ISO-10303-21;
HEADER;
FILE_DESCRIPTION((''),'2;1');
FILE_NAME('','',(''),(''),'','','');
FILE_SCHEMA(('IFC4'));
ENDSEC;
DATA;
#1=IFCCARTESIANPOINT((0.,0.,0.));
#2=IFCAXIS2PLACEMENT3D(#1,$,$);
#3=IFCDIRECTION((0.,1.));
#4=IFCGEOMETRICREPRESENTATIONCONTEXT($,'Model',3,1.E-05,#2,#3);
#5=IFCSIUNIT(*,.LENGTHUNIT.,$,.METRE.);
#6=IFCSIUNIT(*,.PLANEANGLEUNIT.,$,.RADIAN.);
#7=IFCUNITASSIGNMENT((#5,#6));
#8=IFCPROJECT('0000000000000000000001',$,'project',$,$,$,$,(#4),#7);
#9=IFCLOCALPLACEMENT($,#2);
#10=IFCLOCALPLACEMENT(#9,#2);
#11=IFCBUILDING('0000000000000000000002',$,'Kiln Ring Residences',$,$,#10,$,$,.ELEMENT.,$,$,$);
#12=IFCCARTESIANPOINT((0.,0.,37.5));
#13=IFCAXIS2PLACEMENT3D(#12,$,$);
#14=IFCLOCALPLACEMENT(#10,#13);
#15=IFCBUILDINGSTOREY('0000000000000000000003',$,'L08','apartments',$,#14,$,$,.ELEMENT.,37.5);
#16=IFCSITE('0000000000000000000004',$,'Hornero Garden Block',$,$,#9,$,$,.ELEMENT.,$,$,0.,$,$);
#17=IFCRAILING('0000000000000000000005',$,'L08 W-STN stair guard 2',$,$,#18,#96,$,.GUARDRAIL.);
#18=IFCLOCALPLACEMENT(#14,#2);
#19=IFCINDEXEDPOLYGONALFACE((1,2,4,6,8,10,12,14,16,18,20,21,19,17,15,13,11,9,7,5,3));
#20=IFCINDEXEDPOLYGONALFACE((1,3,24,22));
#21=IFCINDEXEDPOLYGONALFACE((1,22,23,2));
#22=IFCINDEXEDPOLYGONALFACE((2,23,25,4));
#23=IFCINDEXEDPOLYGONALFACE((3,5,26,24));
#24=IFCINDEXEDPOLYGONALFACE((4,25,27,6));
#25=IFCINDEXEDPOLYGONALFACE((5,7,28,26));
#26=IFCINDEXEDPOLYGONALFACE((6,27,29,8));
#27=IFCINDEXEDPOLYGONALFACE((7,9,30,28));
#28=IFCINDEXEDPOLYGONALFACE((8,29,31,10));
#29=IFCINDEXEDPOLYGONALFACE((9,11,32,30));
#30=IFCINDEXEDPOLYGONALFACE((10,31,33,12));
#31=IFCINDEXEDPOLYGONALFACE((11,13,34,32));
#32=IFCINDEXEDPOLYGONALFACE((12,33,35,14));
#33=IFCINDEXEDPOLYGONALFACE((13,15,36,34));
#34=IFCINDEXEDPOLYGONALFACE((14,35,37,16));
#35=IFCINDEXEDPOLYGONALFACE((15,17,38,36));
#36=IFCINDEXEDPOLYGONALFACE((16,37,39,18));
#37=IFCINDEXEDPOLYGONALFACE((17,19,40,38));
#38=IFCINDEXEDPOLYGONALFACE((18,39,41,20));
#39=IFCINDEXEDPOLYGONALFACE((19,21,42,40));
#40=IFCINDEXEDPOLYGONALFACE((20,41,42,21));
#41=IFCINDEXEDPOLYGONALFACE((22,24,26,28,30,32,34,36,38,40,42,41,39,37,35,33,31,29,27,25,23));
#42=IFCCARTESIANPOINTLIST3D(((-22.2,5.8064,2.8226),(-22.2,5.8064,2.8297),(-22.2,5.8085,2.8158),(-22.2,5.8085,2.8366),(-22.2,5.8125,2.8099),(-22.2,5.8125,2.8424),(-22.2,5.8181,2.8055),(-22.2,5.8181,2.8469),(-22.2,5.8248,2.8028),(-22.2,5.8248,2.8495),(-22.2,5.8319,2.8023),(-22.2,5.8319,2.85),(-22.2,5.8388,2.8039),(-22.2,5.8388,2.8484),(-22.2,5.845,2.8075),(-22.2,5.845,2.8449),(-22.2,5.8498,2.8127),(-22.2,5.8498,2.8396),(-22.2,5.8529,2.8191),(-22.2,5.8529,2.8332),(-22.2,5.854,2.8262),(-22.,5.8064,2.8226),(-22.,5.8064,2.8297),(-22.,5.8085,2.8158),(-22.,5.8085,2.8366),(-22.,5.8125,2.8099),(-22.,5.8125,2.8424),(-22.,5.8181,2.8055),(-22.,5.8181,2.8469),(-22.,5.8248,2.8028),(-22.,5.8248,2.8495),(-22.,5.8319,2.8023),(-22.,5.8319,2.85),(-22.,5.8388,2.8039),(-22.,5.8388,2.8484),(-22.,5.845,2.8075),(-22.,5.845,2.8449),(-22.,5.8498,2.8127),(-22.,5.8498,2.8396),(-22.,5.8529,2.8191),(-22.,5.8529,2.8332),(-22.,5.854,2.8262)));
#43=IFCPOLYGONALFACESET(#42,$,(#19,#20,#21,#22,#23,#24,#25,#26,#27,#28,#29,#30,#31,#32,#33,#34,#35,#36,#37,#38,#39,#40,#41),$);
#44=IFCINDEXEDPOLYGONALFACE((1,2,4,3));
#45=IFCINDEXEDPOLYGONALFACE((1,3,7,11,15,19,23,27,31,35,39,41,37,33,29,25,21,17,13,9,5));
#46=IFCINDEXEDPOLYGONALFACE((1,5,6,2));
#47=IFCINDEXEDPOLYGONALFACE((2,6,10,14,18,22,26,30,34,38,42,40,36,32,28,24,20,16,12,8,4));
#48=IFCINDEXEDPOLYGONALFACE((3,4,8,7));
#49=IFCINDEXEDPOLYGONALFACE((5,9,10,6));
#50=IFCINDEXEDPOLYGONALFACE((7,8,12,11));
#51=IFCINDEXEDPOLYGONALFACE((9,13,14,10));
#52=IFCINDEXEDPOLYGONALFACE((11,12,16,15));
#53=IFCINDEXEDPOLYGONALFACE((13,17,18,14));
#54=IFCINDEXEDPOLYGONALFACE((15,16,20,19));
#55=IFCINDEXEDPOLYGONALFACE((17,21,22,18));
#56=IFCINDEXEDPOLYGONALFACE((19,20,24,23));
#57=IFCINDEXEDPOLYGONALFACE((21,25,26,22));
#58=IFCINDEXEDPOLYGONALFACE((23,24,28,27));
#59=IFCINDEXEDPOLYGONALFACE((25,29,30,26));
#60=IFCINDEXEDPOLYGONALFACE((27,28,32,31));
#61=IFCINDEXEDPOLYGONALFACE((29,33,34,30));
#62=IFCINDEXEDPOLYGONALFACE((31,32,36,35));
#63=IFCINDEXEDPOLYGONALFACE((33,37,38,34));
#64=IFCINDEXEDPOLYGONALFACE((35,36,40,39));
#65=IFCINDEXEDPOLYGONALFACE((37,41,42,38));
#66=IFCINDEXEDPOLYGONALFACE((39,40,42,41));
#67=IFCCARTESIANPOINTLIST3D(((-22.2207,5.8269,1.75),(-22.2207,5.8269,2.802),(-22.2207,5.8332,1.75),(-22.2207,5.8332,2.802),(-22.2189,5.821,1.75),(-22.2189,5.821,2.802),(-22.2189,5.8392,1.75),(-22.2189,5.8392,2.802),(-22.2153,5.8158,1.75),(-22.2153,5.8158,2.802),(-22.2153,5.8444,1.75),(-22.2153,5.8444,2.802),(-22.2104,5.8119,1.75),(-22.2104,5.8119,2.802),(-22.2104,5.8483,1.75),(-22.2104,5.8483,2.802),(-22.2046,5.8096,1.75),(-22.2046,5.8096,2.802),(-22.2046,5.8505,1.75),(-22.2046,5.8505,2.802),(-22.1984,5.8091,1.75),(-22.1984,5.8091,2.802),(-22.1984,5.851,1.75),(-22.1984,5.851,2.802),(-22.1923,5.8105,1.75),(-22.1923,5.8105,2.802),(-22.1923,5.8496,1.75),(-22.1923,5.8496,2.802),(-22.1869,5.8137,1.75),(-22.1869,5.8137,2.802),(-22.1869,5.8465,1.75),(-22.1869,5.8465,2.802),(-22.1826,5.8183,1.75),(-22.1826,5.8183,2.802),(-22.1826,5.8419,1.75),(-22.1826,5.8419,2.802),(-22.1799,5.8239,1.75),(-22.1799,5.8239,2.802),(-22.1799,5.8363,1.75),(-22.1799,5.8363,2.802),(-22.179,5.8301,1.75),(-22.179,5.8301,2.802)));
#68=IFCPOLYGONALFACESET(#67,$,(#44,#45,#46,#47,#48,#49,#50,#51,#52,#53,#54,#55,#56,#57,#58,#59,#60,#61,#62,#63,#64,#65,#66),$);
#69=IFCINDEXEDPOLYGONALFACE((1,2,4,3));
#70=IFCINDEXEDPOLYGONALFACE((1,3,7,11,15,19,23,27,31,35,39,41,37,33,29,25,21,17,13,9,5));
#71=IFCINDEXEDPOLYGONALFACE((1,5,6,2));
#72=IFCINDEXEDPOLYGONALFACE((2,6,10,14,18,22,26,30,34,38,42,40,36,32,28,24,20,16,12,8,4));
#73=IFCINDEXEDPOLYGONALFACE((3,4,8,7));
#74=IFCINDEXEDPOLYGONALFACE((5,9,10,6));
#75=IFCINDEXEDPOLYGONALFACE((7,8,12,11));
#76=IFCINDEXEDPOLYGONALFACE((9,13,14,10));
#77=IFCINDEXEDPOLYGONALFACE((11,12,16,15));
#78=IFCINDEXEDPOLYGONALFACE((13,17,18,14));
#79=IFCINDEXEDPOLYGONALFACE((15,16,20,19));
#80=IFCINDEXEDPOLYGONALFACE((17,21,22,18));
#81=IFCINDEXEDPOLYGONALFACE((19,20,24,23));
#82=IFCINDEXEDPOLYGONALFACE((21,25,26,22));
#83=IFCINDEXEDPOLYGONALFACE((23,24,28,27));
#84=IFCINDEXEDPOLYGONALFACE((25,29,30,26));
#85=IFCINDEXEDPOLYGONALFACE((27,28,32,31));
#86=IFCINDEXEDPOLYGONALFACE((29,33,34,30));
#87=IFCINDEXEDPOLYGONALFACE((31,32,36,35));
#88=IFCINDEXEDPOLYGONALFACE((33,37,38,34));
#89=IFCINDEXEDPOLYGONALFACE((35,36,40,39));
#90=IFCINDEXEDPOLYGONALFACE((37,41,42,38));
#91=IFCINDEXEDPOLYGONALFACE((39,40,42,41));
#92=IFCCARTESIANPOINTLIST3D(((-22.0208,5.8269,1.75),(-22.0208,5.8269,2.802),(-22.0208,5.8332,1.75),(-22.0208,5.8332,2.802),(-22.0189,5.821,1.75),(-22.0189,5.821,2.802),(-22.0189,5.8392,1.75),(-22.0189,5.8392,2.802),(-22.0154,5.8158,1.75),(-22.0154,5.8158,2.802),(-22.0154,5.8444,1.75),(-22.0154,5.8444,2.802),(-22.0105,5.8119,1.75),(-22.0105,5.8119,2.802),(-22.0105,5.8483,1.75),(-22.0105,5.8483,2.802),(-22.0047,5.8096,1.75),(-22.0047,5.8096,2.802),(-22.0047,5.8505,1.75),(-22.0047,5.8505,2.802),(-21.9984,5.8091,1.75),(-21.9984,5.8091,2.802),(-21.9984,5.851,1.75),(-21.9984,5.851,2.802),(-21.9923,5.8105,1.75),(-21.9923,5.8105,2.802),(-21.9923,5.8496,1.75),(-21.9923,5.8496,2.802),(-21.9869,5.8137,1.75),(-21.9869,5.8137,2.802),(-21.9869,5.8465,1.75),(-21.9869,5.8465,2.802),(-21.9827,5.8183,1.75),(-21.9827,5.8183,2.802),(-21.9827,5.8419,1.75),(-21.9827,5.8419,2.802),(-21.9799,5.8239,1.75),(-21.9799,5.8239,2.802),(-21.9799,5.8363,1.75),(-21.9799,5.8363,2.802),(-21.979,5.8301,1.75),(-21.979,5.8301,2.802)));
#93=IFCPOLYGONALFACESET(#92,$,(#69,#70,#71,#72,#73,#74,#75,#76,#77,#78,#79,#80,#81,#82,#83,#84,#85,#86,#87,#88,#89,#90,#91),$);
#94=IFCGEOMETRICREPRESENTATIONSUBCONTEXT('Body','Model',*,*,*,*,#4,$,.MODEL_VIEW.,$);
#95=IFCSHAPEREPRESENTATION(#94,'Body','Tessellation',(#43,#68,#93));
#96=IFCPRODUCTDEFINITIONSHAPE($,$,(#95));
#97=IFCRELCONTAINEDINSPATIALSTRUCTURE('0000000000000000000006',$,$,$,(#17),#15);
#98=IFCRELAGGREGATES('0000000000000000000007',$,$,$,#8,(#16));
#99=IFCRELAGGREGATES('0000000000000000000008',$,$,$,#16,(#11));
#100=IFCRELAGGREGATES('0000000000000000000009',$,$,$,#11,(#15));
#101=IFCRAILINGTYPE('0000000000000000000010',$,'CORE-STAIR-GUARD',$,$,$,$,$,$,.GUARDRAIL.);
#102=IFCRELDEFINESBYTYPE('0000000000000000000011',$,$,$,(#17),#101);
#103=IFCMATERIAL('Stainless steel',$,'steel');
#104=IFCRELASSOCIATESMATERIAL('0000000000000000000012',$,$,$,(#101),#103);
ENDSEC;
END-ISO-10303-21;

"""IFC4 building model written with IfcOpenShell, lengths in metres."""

from ifc_helpers import new_model, si_unit, direction, frame, origin, origin_2d, place, context, subcontext, project, spatial, circle, extrude, material, type_object, element, save


model = new_model("IFC4")

# Units and contexts
model_context = context("Model", 3, precision=1e-05, world=origin(), true_north=direction((0.0, 1.0)))
body_context = subcontext(model_context, "Body", "Model", "MODEL_VIEW")
ifc_project = project(units=[si_unit("LENGTHUNIT", "METRE"), si_unit("PLANEANGLEUNIT", "RADIAN")], contexts=[model_context])

# Site, building, storey
site_placement = place(None, origin())
site = spatial("IfcSite", under=ifc_project, at=site_placement, Name="Hornero Garden Block", CompositionType="ELEMENT", RefElevation=0.0)
building_placement = place(site_placement, origin())
building = spatial("IfcBuilding", under=site, at=building_placement, Name="Kiln Ring Residences", CompositionType="ELEMENT")
storey_placement = place(building_placement, frame((0.0, 0.0, 37.5)))
storey = spatial("IfcBuildingStorey", under=building, at=storey_placement, Name="L08", Description="apartments", CompositionType="ELEMENT", Elevation=37.5)

# Railing
ifc_material_1 = material(Name="Stainless steel", Category="steel")
railing_type_1 = type_object("IfcRailingType", Name="CORE-STAIR-GUARD", PredefinedType="GUARDRAIL", material=ifc_material_1)
railing_1_placement = place(storey_placement, frame((-22.2, 5.8301, 1.75)))
element("IfcRailing", 1, at=railing_1_placement, inside=storey, type_object=railing_type_1, Name="L08 W-STN stair guard 2", PredefinedType="GUARDRAIL", context=body_context, shape_type="SweptSolid", body=[
    extrude(circle(Radius=0.0239, at=origin_2d()), frame((0.0, 0.0, 1.0762), z_axis=(1.0, 0.0, 0.0), x_axis=(0.0, 1.0, 0.0)), (0.0, 0.0, 1.0), 0.2),
    extrude(circle(Radius=0.021, at=origin_2d()), origin(), (0.0, 0.0, 1.0), 1.052),
    extrude(circle(Radius=0.021, at=origin_2d()), frame((0.2, 0.0, 0.0)), (0.0, 0.0, 1.0), 1.052),
])

save(model, "model.ifc")
